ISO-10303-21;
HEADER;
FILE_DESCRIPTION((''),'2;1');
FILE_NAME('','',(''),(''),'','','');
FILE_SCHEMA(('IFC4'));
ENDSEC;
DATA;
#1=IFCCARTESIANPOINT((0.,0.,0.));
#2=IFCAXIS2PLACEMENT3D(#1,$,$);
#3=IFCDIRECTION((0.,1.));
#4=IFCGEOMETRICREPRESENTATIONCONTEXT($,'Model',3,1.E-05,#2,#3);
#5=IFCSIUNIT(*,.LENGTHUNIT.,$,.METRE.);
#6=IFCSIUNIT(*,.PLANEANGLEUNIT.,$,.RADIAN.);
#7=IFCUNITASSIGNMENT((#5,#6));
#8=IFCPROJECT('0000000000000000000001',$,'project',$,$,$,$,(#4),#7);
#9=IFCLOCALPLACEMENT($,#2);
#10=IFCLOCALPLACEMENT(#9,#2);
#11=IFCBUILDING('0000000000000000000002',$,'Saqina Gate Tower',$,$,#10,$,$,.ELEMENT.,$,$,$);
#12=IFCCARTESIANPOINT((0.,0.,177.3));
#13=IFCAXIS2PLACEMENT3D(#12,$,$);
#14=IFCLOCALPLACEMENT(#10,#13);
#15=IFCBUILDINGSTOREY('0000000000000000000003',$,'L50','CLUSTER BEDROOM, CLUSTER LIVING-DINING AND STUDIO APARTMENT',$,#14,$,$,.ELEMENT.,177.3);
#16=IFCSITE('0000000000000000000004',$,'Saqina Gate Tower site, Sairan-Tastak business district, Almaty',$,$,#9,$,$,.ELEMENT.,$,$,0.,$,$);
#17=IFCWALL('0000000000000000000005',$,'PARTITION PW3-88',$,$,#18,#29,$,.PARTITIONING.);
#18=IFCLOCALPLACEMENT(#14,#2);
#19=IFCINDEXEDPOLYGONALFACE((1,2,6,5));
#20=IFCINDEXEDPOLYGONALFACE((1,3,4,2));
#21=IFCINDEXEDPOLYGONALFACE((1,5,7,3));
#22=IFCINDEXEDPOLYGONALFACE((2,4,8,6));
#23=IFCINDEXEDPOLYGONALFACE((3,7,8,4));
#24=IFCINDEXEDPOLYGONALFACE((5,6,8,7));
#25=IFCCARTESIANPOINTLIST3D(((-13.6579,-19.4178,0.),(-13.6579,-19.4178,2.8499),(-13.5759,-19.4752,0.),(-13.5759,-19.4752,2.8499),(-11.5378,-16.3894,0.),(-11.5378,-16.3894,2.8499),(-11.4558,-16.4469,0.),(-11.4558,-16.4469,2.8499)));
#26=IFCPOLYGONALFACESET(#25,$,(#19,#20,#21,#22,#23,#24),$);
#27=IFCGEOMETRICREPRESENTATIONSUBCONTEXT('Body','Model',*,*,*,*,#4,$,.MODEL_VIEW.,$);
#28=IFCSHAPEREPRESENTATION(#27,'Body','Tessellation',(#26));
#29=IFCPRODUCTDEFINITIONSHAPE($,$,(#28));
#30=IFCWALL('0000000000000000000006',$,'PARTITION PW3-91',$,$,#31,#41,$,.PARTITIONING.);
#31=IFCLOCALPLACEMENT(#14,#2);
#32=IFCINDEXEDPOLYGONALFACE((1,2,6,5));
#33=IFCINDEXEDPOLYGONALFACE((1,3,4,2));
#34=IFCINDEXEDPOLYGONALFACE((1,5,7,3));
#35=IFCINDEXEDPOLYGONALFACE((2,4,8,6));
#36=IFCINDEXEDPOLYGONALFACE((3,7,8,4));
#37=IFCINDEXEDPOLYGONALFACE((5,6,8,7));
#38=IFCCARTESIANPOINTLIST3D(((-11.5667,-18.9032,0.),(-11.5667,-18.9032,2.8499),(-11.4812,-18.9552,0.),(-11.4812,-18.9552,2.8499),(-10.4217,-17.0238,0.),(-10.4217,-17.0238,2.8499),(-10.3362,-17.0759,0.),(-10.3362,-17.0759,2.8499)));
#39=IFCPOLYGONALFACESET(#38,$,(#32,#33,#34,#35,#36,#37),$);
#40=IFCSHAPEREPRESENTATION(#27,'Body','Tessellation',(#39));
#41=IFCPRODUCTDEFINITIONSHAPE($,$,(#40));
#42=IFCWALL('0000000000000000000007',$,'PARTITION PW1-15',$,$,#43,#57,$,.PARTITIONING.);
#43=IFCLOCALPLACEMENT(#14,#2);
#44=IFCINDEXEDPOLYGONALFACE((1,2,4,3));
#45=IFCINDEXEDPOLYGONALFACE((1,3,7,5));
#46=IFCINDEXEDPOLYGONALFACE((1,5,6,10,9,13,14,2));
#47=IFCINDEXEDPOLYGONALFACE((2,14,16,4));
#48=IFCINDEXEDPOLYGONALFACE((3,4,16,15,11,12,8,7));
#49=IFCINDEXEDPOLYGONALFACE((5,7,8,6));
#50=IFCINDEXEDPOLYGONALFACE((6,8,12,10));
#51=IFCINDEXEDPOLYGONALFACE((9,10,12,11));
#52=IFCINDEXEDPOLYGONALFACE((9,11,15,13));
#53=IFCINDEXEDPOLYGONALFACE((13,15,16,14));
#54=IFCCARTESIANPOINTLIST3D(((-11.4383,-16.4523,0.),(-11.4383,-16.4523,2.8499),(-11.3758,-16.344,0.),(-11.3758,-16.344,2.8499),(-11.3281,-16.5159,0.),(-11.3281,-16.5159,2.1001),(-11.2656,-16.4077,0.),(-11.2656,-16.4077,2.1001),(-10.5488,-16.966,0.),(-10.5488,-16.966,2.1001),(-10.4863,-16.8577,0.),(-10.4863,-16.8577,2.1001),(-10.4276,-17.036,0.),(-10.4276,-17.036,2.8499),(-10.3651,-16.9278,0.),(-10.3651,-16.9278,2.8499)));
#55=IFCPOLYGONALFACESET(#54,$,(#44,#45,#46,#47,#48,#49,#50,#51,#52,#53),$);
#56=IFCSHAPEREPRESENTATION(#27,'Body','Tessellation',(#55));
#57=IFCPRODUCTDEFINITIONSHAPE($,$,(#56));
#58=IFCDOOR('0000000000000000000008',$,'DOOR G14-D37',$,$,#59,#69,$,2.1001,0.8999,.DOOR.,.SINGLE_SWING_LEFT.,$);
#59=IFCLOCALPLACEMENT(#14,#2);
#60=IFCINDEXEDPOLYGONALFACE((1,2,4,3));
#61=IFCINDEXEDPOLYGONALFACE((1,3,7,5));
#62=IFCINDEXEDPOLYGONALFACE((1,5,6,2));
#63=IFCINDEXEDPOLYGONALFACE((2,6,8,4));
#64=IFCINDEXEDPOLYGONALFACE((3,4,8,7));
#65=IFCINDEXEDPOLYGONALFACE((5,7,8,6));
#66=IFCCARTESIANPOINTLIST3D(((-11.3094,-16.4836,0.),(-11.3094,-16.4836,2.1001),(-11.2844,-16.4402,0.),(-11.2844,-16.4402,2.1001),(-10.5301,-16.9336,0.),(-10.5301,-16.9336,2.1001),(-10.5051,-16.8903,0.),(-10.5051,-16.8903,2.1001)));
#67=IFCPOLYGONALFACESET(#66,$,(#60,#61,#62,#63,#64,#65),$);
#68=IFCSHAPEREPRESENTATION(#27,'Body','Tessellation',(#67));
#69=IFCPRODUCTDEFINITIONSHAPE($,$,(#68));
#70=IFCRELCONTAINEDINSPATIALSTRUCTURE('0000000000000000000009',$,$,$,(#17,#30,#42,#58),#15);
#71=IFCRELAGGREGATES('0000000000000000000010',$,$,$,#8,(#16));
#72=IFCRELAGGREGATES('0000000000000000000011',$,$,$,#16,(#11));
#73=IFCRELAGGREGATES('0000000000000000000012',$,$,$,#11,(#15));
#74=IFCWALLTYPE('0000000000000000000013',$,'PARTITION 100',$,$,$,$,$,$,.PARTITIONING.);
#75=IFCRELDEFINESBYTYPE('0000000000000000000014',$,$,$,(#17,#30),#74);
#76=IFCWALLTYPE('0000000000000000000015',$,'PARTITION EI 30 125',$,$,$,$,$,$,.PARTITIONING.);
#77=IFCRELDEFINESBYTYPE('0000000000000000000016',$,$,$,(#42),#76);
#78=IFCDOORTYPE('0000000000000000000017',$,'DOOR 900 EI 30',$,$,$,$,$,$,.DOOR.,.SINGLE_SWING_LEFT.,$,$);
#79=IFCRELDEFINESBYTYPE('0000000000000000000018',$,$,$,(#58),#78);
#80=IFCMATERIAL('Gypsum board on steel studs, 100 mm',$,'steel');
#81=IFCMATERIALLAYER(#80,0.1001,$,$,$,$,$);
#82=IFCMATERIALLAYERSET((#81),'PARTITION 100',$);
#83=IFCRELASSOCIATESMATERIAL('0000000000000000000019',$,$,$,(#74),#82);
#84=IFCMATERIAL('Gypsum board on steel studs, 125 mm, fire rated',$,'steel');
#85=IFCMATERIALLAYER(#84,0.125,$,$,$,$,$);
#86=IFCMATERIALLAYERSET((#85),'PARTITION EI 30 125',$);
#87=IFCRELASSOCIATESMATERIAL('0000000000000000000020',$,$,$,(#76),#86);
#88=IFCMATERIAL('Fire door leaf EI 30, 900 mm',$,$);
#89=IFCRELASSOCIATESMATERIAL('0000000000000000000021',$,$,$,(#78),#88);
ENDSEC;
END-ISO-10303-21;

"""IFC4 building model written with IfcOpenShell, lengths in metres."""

from ifc_helpers import new_model, si_unit, direction, frame, frame_2d, origin, place, context, subcontext, project, spatial, rectangle, extrude, material, layer, layer_set, type_object, element, fill, save


model = new_model("IFC4")

# Units and contexts
model_context = context("Model", 3, precision=1e-05, world=origin(), true_north=direction((0.0, 1.0)))
body_context = subcontext(model_context, "Body", "Model", "MODEL_VIEW")
ifc_project = project(units=[si_unit("LENGTHUNIT", "METRE"), si_unit("PLANEANGLEUNIT", "RADIAN")], contexts=[model_context])

# Site, building, storey
site_placement = place(None, origin())
site = spatial("IfcSite", under=ifc_project, at=site_placement, Name="Saqina Gate Tower site, Sairan-Tastak business district, Almaty", CompositionType="ELEMENT", RefElevation=0.0)
building_placement = place(site_placement, origin())
building = spatial("IfcBuilding", under=site, at=building_placement, Name="Saqina Gate Tower", CompositionType="ELEMENT")
storey_placement = place(building_placement, frame((0.0, 0.0, 177.3)))
storey = spatial("IfcBuildingStorey", under=building, at=storey_placement, Name="L50", Description="CLUSTER BEDROOM, CLUSTER LIVING-DINING AND STUDIO APARTMENT", CompositionType="ELEMENT", Elevation=177.3)

# Shared definitions
ifc_material_1 = material(Name="Gypsum board on steel studs, 100 mm", Category="steel")
ifc_layer_1 = layer(ifc_material_1, 0.1001)
ifc_layer_set_1 = layer_set([ifc_layer_1], Name="PARTITION 100")
wall_type_1 = type_object("IfcWallType", Name="PARTITION 100", PredefinedType="PARTITIONING", material=ifc_layer_set_1)

# Walls
wall_1_placement = place(storey_placement, frame((-13.6169, -19.4465, 0.0), z_axis=(0.0, 0.0, 1.0), x_axis=(0.573516, 0.819195, 0.0)))
element("IfcWall", 1, at=wall_1_placement, inside=storey, type_object=wall_type_1, Name="PARTITION PW3-88", PredefinedType="PARTITIONING", context=body_context, shape_type="SweptSolid", body=[
    extrude(rectangle(XDim=3.6968, YDim=0.1001, at=frame_2d((1.8484, 0.0))), origin(), (0.0, 0.0, 1.0), 2.8499),
])
wall_2_placement = place(storey_placement, frame((-11.5239, -18.9292, 0.0), z_axis=(0.0, 0.0, 1.0), x_axis=(0.520292, 0.853989, 0.0)))
element("IfcWall", 2, at=wall_2_placement, inside=storey, type_object=wall_type_1, Name="PARTITION PW3-91", PredefinedType="PARTITIONING", context=body_context, shape_type="SweptSolid", body=[
    extrude(rectangle(XDim=2.2007, YDim=0.1001, at=frame_2d((1.1003, 0.0))), origin(), (0.0, 0.0, 1.0), 2.8499),
])

# Wall, opening, door
ifc_material_2 = material(Name="Gypsum board on steel studs, 125 mm, fire rated", Category="steel")
ifc_layer_2 = layer(ifc_material_2, 0.125)
ifc_layer_set_2 = layer_set([ifc_layer_2], Name="PARTITION EI 30 125")
wall_type_2 = type_object("IfcWallType", Name="PARTITION EI 30 125", PredefinedType="PARTITIONING", material=ifc_layer_set_2)
wall_3_placement = place(storey_placement, frame((-11.407, -16.3982, 0.0), z_axis=(0.0, 0.0, 1.0), x_axis=(0.865956, -0.500121, 0.0)))
wall_3 = element("IfcWall", 3, at=wall_3_placement, inside=storey, type_object=wall_type_2, Name="PARTITION PW1-15", PredefinedType="PARTITIONING", context=body_context, shape_type="SweptSolid", body=[
    extrude(rectangle(XDim=1.1672, YDim=0.125, at=frame_2d((0.5835, 0.0))), origin(), (0.0, 0.0, 1.0), 2.8499),
])
opening_1_placement = place(wall_3_placement, frame((0.1272, 0.0, 0.0)))
opening_1 = element("IfcOpeningElement", 4, at=opening_1_placement, cuts=wall_3, PredefinedType="OPENING", context=body_context, shape_type="SweptSolid", body=[
    extrude(rectangle(XDim=0.8999, YDim=2.1001, at=frame_2d((0.45, 1.05))), frame((0.0, 0.0745, 0.0), z_axis=(0.0, -1.0, 0.0), x_axis=(1.0, 0.0, 0.0)), (0.0, 0.0, 1.0), 0.1489),
])
ifc_material_3 = material(Name="Fire door leaf EI 30, 900 mm")
door_type_1 = type_object("IfcDoorType", Name="DOOR 900 EI 30", OperationType="SINGLE_SWING_LEFT", PredefinedType="DOOR", material=ifc_material_3)
door_1_placement = place(opening_1_placement, origin())
door_1 = element("IfcDoor", 5, at=door_1_placement, inside=storey, type_object=door_type_1, Name="DOOR G14-D37", OperationType="SINGLE_SWING_LEFT", OverallHeight=2.1001, OverallWidth=0.8999, PredefinedType="DOOR", context=body_context, shape_type="SweptSolid", body=[
    extrude(rectangle(XDim=0.8999, YDim=2.1001, at=frame_2d((0.45, 1.05))), frame((0.0, 0.0249, 0.0), z_axis=(0.0, -1.0, 0.0), x_axis=(1.0, 0.0, 0.0)), (0.0, 0.0, 1.0), 0.05),
])
fill(opening_1, door_1)

save(model, "model.ifc")
